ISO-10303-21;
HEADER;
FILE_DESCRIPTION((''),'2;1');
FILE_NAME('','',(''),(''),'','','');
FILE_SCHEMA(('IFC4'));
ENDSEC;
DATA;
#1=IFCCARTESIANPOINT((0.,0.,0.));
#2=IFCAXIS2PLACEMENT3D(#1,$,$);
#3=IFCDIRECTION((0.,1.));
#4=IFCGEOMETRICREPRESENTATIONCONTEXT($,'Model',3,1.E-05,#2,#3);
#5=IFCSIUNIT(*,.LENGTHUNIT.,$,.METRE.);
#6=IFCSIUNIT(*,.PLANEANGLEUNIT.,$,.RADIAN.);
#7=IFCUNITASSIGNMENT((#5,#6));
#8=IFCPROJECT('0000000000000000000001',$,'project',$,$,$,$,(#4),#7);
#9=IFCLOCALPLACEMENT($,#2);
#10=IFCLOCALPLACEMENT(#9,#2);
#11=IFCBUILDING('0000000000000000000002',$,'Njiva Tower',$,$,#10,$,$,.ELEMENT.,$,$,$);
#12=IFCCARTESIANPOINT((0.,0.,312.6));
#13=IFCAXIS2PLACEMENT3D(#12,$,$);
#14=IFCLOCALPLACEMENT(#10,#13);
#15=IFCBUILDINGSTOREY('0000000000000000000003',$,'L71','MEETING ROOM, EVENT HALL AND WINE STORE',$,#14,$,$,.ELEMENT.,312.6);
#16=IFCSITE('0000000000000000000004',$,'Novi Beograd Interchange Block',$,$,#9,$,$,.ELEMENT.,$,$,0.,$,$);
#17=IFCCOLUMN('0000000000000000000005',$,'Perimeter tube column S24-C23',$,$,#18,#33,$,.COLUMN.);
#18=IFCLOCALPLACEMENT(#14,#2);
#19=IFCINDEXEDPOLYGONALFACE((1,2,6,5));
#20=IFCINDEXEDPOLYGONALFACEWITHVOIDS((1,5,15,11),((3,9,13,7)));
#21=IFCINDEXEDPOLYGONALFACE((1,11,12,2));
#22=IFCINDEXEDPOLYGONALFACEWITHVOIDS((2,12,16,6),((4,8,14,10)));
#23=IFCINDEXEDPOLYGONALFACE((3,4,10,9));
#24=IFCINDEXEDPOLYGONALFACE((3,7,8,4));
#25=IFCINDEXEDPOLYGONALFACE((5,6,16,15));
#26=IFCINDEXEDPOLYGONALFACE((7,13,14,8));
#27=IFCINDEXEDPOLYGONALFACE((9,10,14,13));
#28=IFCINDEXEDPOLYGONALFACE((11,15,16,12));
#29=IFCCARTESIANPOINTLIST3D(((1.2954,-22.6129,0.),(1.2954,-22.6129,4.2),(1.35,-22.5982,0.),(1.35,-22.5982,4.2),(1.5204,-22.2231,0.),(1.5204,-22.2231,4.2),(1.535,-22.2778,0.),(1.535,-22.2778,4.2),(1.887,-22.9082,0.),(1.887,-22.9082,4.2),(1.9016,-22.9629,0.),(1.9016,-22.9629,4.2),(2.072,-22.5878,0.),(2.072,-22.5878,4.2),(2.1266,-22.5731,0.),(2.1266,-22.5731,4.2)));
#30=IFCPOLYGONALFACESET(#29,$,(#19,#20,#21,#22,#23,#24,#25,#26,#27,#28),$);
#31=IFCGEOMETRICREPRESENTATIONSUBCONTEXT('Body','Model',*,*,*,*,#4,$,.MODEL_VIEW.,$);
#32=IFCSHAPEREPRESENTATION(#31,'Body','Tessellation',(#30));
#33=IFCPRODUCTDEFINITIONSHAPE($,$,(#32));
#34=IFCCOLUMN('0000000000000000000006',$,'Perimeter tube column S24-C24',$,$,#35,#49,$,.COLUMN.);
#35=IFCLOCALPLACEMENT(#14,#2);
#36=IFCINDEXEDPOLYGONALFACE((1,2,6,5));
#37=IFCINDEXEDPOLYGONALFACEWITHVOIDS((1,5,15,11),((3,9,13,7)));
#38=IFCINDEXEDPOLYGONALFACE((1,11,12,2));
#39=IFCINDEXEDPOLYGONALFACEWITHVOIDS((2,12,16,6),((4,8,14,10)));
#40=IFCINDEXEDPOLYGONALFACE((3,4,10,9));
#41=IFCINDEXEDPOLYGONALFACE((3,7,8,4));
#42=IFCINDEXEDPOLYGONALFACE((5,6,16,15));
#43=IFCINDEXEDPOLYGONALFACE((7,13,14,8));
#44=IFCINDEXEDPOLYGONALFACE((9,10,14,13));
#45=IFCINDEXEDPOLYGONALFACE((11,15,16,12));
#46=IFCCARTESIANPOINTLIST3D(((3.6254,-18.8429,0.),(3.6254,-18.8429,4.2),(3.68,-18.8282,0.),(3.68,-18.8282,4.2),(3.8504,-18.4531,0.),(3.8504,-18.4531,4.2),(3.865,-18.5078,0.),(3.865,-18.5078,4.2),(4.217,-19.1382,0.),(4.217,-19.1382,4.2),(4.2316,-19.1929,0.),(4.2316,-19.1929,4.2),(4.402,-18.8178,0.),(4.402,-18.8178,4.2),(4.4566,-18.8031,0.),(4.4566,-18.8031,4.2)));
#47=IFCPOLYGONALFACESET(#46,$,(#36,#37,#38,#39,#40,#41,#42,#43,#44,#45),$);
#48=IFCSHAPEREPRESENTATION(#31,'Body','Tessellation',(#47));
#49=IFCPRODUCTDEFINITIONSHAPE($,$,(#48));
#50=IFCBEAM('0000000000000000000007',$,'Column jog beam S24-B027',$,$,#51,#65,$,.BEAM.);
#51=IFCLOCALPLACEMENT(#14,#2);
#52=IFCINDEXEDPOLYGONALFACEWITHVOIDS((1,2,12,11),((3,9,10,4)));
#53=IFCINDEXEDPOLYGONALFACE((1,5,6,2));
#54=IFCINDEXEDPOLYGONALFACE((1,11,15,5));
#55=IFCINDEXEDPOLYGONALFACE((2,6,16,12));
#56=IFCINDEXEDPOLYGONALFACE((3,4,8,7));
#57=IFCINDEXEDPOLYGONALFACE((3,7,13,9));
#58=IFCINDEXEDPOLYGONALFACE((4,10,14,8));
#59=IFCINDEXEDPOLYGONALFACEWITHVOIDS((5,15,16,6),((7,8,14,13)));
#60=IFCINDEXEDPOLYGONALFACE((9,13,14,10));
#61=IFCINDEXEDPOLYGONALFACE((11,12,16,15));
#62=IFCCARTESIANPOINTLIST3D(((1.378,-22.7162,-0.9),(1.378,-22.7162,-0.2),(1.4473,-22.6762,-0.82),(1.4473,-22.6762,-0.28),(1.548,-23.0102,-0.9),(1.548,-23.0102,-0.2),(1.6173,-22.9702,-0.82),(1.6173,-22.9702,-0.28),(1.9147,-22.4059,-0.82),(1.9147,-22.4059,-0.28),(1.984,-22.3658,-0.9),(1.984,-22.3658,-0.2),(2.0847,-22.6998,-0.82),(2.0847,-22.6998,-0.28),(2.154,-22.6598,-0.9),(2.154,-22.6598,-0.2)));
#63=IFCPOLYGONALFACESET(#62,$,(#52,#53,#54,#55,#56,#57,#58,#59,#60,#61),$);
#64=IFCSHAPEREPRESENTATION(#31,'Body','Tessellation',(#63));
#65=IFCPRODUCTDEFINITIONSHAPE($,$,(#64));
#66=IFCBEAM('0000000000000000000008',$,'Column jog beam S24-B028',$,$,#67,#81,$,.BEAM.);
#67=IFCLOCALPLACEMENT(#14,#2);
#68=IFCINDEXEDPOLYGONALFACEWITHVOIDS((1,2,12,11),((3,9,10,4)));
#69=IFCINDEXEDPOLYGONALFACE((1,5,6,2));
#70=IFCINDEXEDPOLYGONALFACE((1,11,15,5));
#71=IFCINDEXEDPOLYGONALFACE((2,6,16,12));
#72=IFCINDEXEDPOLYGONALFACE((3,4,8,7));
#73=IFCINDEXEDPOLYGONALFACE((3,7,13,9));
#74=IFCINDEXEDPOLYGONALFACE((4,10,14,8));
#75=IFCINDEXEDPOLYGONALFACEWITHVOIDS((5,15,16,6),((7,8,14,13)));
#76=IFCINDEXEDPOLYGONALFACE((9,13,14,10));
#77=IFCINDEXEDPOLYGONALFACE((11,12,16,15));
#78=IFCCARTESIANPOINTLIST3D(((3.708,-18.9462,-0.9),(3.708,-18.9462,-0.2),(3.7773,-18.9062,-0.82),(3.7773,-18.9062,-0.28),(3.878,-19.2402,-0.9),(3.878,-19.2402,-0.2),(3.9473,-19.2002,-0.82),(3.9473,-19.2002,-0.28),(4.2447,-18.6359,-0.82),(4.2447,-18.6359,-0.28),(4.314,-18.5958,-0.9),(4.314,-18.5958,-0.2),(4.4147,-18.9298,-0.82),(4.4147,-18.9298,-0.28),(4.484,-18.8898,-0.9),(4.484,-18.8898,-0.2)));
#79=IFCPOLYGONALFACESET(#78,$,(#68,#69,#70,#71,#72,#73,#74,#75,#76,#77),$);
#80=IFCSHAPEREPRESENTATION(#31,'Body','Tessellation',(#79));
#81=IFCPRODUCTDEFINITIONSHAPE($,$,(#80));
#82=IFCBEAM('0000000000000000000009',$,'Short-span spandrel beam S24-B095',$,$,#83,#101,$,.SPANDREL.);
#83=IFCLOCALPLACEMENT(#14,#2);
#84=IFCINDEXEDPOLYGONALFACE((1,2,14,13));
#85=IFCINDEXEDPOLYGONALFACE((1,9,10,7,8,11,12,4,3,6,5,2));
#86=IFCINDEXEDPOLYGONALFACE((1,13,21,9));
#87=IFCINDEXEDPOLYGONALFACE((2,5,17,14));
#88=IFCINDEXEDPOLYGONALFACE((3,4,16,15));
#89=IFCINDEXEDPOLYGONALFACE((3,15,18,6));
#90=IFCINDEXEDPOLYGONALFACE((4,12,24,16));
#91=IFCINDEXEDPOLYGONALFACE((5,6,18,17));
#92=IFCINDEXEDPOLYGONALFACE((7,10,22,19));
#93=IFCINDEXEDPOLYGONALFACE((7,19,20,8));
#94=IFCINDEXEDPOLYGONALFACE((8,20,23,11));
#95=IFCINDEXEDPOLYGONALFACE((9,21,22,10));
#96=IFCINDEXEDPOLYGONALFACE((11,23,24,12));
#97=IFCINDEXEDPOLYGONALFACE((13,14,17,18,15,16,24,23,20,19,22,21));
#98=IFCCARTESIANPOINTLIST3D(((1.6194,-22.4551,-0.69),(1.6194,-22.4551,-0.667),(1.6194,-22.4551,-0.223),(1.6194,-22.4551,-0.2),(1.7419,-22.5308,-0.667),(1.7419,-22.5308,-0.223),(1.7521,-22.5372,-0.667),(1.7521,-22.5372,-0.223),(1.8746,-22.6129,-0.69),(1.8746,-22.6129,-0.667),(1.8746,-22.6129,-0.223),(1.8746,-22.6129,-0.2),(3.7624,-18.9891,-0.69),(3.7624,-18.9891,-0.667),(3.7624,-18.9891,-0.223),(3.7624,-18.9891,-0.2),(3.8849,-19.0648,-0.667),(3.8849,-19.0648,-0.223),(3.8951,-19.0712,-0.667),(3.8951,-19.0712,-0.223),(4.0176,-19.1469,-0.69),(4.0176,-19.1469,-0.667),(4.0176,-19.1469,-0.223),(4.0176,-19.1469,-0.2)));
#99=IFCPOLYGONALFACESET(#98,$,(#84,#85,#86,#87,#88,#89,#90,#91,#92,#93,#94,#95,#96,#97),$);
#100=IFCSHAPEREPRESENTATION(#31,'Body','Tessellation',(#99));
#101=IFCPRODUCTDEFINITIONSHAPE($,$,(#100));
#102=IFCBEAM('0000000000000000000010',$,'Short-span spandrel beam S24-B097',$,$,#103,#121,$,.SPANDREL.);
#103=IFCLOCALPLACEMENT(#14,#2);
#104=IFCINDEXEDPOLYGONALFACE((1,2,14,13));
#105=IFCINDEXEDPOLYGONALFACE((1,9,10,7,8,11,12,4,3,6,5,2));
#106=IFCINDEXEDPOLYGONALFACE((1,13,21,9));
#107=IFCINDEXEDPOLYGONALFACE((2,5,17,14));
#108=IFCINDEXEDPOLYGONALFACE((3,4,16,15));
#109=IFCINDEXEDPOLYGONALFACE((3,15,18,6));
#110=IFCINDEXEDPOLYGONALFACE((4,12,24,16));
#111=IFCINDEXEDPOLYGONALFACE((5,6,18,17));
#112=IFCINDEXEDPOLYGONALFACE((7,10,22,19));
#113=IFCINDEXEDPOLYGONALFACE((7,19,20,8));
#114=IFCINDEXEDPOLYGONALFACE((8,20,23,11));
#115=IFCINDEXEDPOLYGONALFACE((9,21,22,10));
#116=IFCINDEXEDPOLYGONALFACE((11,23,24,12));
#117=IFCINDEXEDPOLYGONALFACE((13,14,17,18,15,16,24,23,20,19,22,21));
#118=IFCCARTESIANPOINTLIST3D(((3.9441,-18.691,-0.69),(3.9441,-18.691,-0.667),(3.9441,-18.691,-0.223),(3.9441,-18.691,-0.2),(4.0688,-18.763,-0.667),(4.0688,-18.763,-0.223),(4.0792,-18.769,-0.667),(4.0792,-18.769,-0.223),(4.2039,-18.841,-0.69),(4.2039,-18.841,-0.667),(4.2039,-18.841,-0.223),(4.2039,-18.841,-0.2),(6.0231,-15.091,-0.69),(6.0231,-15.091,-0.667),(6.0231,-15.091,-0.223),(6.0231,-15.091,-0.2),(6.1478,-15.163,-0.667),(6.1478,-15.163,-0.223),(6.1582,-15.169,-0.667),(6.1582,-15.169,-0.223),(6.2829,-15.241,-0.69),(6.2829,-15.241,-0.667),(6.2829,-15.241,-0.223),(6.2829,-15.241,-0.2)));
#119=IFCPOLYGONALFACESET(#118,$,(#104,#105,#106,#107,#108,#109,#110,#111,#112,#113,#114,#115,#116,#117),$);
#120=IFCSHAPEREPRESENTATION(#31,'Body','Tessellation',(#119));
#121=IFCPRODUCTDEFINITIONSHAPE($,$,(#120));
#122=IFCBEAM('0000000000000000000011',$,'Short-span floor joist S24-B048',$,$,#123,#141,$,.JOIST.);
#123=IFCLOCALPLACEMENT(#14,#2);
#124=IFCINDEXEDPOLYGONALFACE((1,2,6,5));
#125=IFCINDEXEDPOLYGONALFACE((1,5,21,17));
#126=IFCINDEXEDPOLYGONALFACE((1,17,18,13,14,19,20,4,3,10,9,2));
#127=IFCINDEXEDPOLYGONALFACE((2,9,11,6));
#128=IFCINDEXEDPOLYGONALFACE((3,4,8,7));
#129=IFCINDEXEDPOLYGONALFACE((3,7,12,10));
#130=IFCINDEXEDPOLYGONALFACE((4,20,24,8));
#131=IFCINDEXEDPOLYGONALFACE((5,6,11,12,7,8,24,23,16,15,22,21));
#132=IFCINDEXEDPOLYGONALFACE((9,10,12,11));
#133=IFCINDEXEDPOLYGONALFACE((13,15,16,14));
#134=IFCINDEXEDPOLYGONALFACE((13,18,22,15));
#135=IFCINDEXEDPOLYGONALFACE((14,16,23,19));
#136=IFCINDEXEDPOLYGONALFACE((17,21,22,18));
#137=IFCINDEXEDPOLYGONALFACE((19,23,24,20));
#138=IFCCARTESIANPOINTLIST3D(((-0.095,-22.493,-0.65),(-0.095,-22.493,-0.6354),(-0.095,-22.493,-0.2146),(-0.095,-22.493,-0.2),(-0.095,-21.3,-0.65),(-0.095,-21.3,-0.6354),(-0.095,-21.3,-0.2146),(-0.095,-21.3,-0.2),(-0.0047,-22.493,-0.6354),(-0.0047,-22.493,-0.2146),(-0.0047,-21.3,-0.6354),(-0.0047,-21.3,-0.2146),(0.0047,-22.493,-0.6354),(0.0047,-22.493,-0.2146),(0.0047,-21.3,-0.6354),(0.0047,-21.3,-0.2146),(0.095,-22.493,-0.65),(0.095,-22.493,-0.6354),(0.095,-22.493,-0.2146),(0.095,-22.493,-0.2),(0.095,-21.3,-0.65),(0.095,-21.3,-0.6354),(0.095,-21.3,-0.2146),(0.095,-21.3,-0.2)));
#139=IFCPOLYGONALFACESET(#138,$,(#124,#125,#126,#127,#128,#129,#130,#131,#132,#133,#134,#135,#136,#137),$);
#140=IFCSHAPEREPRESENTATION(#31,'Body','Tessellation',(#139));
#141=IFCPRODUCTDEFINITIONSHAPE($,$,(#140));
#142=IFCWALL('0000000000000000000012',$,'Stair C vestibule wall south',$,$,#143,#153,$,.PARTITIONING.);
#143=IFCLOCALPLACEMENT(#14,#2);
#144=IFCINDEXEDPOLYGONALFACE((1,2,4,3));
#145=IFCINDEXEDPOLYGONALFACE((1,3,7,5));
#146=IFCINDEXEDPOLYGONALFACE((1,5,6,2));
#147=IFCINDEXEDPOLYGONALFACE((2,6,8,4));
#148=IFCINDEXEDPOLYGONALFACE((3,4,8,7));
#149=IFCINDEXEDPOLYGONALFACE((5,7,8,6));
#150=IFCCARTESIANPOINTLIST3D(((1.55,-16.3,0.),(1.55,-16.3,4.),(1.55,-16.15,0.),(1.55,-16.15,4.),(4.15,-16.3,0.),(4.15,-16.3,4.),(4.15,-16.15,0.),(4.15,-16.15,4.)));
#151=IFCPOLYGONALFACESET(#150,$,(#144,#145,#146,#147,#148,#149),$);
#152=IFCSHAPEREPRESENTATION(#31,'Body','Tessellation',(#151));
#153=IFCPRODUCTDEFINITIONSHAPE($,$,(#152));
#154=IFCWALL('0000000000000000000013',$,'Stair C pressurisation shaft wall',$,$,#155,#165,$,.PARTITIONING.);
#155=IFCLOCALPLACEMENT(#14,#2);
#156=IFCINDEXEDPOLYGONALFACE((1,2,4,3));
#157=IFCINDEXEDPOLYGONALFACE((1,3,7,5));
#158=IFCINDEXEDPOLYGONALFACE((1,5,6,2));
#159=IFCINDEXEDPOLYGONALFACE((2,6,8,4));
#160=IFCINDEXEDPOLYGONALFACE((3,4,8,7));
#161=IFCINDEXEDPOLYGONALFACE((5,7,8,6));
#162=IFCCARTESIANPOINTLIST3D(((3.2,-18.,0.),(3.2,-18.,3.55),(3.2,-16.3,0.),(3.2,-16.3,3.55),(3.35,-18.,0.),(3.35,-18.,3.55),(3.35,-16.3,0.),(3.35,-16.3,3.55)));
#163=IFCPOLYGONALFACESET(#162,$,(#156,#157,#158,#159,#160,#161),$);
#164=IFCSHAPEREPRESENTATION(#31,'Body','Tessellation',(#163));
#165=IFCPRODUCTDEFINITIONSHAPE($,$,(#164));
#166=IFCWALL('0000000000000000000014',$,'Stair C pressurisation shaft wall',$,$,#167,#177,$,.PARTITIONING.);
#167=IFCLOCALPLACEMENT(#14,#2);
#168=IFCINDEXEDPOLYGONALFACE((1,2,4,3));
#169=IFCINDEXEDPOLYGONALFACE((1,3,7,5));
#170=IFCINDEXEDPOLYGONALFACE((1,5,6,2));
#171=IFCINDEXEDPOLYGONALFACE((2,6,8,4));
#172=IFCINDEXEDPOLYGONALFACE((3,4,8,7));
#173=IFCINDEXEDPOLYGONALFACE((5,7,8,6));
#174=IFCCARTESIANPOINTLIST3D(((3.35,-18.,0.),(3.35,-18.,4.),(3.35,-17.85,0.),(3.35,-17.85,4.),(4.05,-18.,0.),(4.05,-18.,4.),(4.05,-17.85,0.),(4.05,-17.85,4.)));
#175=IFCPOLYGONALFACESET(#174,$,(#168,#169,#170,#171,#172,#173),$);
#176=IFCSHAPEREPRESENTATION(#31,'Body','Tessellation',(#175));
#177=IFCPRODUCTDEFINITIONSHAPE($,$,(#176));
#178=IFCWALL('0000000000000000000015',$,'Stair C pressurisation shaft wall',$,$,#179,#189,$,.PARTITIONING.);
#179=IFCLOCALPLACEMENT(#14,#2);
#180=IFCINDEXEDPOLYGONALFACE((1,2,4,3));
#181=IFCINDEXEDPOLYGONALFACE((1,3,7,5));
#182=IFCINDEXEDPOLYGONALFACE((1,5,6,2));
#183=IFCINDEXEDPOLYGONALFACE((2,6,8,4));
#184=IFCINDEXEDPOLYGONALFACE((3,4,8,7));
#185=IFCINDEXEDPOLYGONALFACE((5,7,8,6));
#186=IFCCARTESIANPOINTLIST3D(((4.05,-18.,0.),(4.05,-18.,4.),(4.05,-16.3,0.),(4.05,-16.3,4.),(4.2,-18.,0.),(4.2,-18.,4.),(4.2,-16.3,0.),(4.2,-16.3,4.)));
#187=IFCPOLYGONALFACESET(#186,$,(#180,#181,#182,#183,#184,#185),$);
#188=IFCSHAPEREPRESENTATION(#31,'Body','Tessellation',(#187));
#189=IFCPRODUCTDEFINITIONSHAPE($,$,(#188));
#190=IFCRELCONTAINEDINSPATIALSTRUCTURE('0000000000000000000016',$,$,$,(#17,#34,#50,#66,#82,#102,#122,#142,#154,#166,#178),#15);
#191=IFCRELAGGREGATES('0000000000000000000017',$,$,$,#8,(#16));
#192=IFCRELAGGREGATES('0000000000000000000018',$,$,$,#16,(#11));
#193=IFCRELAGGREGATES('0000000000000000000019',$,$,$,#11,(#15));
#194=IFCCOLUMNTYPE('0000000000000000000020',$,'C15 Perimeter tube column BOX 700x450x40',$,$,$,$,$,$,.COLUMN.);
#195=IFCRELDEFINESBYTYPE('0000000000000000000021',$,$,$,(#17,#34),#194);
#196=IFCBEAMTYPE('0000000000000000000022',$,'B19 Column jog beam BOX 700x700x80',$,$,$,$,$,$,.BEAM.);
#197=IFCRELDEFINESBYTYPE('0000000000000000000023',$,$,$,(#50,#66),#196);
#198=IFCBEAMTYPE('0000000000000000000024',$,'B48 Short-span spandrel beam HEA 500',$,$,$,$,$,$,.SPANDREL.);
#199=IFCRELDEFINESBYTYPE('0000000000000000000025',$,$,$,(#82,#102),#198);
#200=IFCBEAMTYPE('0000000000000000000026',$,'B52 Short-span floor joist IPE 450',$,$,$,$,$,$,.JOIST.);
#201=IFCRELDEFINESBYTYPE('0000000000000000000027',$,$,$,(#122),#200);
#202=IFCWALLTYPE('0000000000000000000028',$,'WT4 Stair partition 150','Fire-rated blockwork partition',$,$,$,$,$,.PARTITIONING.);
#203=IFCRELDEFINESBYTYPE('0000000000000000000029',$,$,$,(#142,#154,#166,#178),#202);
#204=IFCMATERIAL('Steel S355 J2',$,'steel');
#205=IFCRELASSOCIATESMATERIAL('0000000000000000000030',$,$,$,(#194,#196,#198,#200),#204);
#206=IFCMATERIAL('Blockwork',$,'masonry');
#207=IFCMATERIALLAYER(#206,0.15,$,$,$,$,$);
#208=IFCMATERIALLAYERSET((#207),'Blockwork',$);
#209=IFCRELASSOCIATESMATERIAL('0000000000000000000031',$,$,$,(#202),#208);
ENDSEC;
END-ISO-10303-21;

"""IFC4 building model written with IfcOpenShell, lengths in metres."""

from ifc_helpers import new_model, si_unit, direction, frame, frame_2d, origin, origin_2d, place, context, subcontext, project, spatial, rectangle, hollow_rectangle, i_section, extrude, material, layer, layer_set, material_profile, profile_set, type_object, element, save


model = new_model("IFC4")

# Units and contexts
model_context = context("Model", 3, precision=1e-05, world=origin(), true_north=direction((0.0, 1.0)))
body_context = subcontext(model_context, "Body", "Model", "MODEL_VIEW")
ifc_project = project(units=[si_unit("LENGTHUNIT", "METRE"), si_unit("PLANEANGLEUNIT", "RADIAN")], contexts=[model_context])

# Site, building, storey
site_placement = place(None, origin())
site = spatial("IfcSite", under=ifc_project, at=site_placement, Name="Novi Beograd Interchange Block", CompositionType="ELEMENT", RefElevation=0.0)
building_placement = place(site_placement, origin())
building = spatial("IfcBuilding", under=site, at=building_placement, Name="Njiva Tower", CompositionType="ELEMENT")
storey_placement = place(building_placement, frame((0.0, 0.0, 312.6)))
storey = spatial("IfcBuildingStorey", under=building, at=storey_placement, Name="L71", Description="MEETING ROOM, EVENT HALL AND WINE STORE", CompositionType="ELEMENT", Elevation=312.6)

# Columns
ifc_material_1 = material(Name="Steel S355 J2", Category="steel")
ifc_material_profile_1 = material_profile(ifc_material_1, hollow_rectangle(XDim=0.45, YDim=0.7, WallThickness=0.04, at=origin_2d()), Name="BOX 700x450x40")
ifc_profile_set_1 = profile_set([ifc_material_profile_1], Name="Steel S355 J2")
column_type = type_object("IfcColumnType", Name="C15 Perimeter tube column BOX 700x450x40", PredefinedType="COLUMN", material=ifc_profile_set_1)
for number, where, z_axis, x_axis, name in (
    (1, (1.711, -22.593, 0.0), (0.0, 0.0, 1.0), (0.5, 0.866025, 0.0), "Perimeter tube column S24-C23"),
    (2, (4.041, -18.823, 0.0), (0.0, 0.0, 1.0), (0.5, 0.866025, 0.0), "Perimeter tube column S24-C24"),
):
    element("IfcColumn", number, at=place(storey_placement, frame(where, z_axis=z_axis, x_axis=x_axis)), inside=storey, type_object=column_type, Name=name, PredefinedType="COLUMN", context=body_context, shape_type="SweptSolid", body=[
        extrude(hollow_rectangle(XDim=0.45, YDim=0.7, WallThickness=0.04, at=origin_2d()), origin(), (0.0, 0.0, 1.0), 4.2),
    ])

# Beams
ifc_material_profile_2 = material_profile(ifc_material_1, hollow_rectangle(XDim=0.7, YDim=0.7, WallThickness=0.08, at=origin_2d()), Name="BOX 700x700x80")
ifc_profile_set_2 = profile_set([ifc_material_profile_2], Name="Steel S355 J2")
beam_type_1 = type_object("IfcBeamType", Name="B19 Column jog beam BOX 700x700x80", PredefinedType="BEAM", material=ifc_profile_set_2)
for number, where, z_axis, x_axis, name in (
    (3, (1.851, -22.835, -0.55), (-0.500572, 0.865695, 0.0), (-0.865695, -0.500572, 0.0), "Column jog beam S24-B027"),
    (4, (4.181, -19.065, -0.55), (-0.500572, 0.865695, 0.0), (-0.865695, -0.500572, 0.0), "Column jog beam S24-B028"),
):
    element("IfcBeam", number, at=place(storey_placement, frame(where, z_axis=z_axis, x_axis=x_axis)), inside=storey, type_object=beam_type_1, Name=name, PredefinedType="BEAM", context=body_context, shape_type="SweptSolid", body=[
        extrude(hollow_rectangle(XDim=0.7, YDim=0.7, WallThickness=0.08, at=origin_2d()), origin(), (0.0, 0.0, 1.0), 0.3396),
    ])
ifc_material_profile_3 = material_profile(ifc_material_1, i_section(OverallWidth=0.3, OverallDepth=0.49, WebThickness=0.012, FlangeThickness=0.023, at=origin_2d()), Name="HEA 500")
ifc_profile_set_3 = profile_set([ifc_material_profile_3], Name="Steel S355 J2")
beam_type_2 = type_object("IfcBeamType", Name="B48 Short-span spandrel beam HEA 500", PredefinedType="SPANDREL", material=ifc_profile_set_3)
beam_1_placement = place(storey_placement, frame((1.747, -22.534, -0.445), z_axis=(0.52589, 0.850553, 0.0), x_axis=(-0.850553, 0.52589, 0.0)))
element("IfcBeam", 5, at=beam_1_placement, inside=storey, type_object=beam_type_2, Name="Short-span spandrel beam S24-B095", PredefinedType="SPANDREL", context=body_context, shape_type="SweptSolid", body=[
    extrude(i_section(OverallWidth=0.3, OverallDepth=0.49, WebThickness=0.012, FlangeThickness=0.023, at=origin_2d()), origin(), (0.0, 0.0, 1.0), 4.075),
])
beam_2_placement = place(storey_placement, frame((4.074, -18.766, -0.445), z_axis=(0.500097, 0.865969, 0.0), x_axis=(-0.865969, 0.500097, 0.0)))
element("IfcBeam", 6, at=beam_2_placement, inside=storey, type_object=beam_type_2, Name="Short-span spandrel beam S24-B097", PredefinedType="SPANDREL", context=body_context, shape_type="SweptSolid", body=[
    extrude(i_section(OverallWidth=0.3, OverallDepth=0.49, WebThickness=0.012, FlangeThickness=0.023, at=origin_2d()), origin(), (0.0, 0.0, 1.0), 4.1572),
])
ifc_material_profile_4 = material_profile(ifc_material_1, i_section(OverallWidth=0.19, OverallDepth=0.45, WebThickness=0.0094, FlangeThickness=0.0146, at=origin_2d()), Name="IPE 450")
ifc_profile_set_4 = profile_set([ifc_material_profile_4], Name="Steel S355 J2")
beam_type_3 = type_object("IfcBeamType", Name="B52 Short-span floor joist IPE 450", PredefinedType="JOIST", material=ifc_profile_set_4)
beam_3_placement = place(storey_placement, frame((0.0, -21.3, -0.425), z_axis=(0.0, -1.0, 0.0), x_axis=(1.0, 0.0, 0.0)))
element("IfcBeam", 7, at=beam_3_placement, inside=storey, type_object=beam_type_3, Name="Short-span floor joist S24-B048", PredefinedType="JOIST", context=body_context, shape_type="SweptSolid", body=[
    extrude(i_section(OverallWidth=0.19, OverallDepth=0.45, WebThickness=0.0094, FlangeThickness=0.0146, at=origin_2d()), origin(), (0.0, 0.0, 1.0), 1.193),
])

# Walls
ifc_material_2 = material(Name="Blockwork", Category="masonry")
ifc_layer_1 = layer(ifc_material_2, 0.15)
ifc_layer_set_1 = layer_set([ifc_layer_1], Name="Blockwork")
wall_type_1 = type_object("IfcWallType", Name="WT4 Stair partition 150", Description="Fire-rated blockwork partition", PredefinedType="PARTITIONING", material=ifc_layer_set_1)
wall_1_placement = place(storey_placement, frame((1.55, -16.225, 0.0), z_axis=(0.0, 0.0, 1.0), x_axis=(1.0, 0.0, 0.0)))
element("IfcWall", 8, at=wall_1_placement, inside=storey, type_object=wall_type_1, Name="Stair C vestibule wall south", PredefinedType="PARTITIONING", context=body_context, shape_type="SweptSolid", body=[
    extrude(rectangle(XDim=2.6, YDim=0.15, at=frame_2d((1.3, 0.0))), origin(), (0.0, 0.0, 1.0), 4.0),
])
wall_2_placement = place(storey_placement, frame((3.275, -18.0, 0.0), z_axis=(0.0, 0.0, 1.0), x_axis=(0.0, 1.0, 0.0)))
element("IfcWall", 9, at=wall_2_placement, inside=storey, type_object=wall_type_1, Name="Stair C pressurisation shaft wall", PredefinedType="PARTITIONING", context=body_context, shape_type="SweptSolid", body=[
    extrude(rectangle(XDim=1.7, YDim=0.15, at=frame_2d((0.85, 0.0))), origin(), (0.0, 0.0, 1.0), 3.55),
])
wall_3_placement = place(storey_placement, frame((3.35, -17.925, 0.0), z_axis=(0.0, 0.0, 1.0), x_axis=(1.0, 0.0, 0.0)))
element("IfcWall", 10, at=wall_3_placement, inside=storey, type_object=wall_type_1, Name="Stair C pressurisation shaft wall", PredefinedType="PARTITIONING", context=body_context, shape_type="SweptSolid", body=[
    extrude(rectangle(XDim=0.7, YDim=0.15, at=frame_2d((0.35, 0.0))), origin(), (0.0, 0.0, 1.0), 4.0),
])
wall_4_placement = place(storey_placement, frame((4.125, -18.0, 0.0), z_axis=(0.0, 0.0, 1.0), x_axis=(0.0, 1.0, 0.0)))
element("IfcWall", 11, at=wall_4_placement, inside=storey, type_object=wall_type_1, Name="Stair C pressurisation shaft wall", PredefinedType="PARTITIONING", context=body_context, shape_type="SweptSolid", body=[
    extrude(rectangle(XDim=1.7, YDim=0.15, at=frame_2d((0.85, 0.0))), origin(), (0.0, 0.0, 1.0), 4.0),
])

save(model, "model.ifc")
